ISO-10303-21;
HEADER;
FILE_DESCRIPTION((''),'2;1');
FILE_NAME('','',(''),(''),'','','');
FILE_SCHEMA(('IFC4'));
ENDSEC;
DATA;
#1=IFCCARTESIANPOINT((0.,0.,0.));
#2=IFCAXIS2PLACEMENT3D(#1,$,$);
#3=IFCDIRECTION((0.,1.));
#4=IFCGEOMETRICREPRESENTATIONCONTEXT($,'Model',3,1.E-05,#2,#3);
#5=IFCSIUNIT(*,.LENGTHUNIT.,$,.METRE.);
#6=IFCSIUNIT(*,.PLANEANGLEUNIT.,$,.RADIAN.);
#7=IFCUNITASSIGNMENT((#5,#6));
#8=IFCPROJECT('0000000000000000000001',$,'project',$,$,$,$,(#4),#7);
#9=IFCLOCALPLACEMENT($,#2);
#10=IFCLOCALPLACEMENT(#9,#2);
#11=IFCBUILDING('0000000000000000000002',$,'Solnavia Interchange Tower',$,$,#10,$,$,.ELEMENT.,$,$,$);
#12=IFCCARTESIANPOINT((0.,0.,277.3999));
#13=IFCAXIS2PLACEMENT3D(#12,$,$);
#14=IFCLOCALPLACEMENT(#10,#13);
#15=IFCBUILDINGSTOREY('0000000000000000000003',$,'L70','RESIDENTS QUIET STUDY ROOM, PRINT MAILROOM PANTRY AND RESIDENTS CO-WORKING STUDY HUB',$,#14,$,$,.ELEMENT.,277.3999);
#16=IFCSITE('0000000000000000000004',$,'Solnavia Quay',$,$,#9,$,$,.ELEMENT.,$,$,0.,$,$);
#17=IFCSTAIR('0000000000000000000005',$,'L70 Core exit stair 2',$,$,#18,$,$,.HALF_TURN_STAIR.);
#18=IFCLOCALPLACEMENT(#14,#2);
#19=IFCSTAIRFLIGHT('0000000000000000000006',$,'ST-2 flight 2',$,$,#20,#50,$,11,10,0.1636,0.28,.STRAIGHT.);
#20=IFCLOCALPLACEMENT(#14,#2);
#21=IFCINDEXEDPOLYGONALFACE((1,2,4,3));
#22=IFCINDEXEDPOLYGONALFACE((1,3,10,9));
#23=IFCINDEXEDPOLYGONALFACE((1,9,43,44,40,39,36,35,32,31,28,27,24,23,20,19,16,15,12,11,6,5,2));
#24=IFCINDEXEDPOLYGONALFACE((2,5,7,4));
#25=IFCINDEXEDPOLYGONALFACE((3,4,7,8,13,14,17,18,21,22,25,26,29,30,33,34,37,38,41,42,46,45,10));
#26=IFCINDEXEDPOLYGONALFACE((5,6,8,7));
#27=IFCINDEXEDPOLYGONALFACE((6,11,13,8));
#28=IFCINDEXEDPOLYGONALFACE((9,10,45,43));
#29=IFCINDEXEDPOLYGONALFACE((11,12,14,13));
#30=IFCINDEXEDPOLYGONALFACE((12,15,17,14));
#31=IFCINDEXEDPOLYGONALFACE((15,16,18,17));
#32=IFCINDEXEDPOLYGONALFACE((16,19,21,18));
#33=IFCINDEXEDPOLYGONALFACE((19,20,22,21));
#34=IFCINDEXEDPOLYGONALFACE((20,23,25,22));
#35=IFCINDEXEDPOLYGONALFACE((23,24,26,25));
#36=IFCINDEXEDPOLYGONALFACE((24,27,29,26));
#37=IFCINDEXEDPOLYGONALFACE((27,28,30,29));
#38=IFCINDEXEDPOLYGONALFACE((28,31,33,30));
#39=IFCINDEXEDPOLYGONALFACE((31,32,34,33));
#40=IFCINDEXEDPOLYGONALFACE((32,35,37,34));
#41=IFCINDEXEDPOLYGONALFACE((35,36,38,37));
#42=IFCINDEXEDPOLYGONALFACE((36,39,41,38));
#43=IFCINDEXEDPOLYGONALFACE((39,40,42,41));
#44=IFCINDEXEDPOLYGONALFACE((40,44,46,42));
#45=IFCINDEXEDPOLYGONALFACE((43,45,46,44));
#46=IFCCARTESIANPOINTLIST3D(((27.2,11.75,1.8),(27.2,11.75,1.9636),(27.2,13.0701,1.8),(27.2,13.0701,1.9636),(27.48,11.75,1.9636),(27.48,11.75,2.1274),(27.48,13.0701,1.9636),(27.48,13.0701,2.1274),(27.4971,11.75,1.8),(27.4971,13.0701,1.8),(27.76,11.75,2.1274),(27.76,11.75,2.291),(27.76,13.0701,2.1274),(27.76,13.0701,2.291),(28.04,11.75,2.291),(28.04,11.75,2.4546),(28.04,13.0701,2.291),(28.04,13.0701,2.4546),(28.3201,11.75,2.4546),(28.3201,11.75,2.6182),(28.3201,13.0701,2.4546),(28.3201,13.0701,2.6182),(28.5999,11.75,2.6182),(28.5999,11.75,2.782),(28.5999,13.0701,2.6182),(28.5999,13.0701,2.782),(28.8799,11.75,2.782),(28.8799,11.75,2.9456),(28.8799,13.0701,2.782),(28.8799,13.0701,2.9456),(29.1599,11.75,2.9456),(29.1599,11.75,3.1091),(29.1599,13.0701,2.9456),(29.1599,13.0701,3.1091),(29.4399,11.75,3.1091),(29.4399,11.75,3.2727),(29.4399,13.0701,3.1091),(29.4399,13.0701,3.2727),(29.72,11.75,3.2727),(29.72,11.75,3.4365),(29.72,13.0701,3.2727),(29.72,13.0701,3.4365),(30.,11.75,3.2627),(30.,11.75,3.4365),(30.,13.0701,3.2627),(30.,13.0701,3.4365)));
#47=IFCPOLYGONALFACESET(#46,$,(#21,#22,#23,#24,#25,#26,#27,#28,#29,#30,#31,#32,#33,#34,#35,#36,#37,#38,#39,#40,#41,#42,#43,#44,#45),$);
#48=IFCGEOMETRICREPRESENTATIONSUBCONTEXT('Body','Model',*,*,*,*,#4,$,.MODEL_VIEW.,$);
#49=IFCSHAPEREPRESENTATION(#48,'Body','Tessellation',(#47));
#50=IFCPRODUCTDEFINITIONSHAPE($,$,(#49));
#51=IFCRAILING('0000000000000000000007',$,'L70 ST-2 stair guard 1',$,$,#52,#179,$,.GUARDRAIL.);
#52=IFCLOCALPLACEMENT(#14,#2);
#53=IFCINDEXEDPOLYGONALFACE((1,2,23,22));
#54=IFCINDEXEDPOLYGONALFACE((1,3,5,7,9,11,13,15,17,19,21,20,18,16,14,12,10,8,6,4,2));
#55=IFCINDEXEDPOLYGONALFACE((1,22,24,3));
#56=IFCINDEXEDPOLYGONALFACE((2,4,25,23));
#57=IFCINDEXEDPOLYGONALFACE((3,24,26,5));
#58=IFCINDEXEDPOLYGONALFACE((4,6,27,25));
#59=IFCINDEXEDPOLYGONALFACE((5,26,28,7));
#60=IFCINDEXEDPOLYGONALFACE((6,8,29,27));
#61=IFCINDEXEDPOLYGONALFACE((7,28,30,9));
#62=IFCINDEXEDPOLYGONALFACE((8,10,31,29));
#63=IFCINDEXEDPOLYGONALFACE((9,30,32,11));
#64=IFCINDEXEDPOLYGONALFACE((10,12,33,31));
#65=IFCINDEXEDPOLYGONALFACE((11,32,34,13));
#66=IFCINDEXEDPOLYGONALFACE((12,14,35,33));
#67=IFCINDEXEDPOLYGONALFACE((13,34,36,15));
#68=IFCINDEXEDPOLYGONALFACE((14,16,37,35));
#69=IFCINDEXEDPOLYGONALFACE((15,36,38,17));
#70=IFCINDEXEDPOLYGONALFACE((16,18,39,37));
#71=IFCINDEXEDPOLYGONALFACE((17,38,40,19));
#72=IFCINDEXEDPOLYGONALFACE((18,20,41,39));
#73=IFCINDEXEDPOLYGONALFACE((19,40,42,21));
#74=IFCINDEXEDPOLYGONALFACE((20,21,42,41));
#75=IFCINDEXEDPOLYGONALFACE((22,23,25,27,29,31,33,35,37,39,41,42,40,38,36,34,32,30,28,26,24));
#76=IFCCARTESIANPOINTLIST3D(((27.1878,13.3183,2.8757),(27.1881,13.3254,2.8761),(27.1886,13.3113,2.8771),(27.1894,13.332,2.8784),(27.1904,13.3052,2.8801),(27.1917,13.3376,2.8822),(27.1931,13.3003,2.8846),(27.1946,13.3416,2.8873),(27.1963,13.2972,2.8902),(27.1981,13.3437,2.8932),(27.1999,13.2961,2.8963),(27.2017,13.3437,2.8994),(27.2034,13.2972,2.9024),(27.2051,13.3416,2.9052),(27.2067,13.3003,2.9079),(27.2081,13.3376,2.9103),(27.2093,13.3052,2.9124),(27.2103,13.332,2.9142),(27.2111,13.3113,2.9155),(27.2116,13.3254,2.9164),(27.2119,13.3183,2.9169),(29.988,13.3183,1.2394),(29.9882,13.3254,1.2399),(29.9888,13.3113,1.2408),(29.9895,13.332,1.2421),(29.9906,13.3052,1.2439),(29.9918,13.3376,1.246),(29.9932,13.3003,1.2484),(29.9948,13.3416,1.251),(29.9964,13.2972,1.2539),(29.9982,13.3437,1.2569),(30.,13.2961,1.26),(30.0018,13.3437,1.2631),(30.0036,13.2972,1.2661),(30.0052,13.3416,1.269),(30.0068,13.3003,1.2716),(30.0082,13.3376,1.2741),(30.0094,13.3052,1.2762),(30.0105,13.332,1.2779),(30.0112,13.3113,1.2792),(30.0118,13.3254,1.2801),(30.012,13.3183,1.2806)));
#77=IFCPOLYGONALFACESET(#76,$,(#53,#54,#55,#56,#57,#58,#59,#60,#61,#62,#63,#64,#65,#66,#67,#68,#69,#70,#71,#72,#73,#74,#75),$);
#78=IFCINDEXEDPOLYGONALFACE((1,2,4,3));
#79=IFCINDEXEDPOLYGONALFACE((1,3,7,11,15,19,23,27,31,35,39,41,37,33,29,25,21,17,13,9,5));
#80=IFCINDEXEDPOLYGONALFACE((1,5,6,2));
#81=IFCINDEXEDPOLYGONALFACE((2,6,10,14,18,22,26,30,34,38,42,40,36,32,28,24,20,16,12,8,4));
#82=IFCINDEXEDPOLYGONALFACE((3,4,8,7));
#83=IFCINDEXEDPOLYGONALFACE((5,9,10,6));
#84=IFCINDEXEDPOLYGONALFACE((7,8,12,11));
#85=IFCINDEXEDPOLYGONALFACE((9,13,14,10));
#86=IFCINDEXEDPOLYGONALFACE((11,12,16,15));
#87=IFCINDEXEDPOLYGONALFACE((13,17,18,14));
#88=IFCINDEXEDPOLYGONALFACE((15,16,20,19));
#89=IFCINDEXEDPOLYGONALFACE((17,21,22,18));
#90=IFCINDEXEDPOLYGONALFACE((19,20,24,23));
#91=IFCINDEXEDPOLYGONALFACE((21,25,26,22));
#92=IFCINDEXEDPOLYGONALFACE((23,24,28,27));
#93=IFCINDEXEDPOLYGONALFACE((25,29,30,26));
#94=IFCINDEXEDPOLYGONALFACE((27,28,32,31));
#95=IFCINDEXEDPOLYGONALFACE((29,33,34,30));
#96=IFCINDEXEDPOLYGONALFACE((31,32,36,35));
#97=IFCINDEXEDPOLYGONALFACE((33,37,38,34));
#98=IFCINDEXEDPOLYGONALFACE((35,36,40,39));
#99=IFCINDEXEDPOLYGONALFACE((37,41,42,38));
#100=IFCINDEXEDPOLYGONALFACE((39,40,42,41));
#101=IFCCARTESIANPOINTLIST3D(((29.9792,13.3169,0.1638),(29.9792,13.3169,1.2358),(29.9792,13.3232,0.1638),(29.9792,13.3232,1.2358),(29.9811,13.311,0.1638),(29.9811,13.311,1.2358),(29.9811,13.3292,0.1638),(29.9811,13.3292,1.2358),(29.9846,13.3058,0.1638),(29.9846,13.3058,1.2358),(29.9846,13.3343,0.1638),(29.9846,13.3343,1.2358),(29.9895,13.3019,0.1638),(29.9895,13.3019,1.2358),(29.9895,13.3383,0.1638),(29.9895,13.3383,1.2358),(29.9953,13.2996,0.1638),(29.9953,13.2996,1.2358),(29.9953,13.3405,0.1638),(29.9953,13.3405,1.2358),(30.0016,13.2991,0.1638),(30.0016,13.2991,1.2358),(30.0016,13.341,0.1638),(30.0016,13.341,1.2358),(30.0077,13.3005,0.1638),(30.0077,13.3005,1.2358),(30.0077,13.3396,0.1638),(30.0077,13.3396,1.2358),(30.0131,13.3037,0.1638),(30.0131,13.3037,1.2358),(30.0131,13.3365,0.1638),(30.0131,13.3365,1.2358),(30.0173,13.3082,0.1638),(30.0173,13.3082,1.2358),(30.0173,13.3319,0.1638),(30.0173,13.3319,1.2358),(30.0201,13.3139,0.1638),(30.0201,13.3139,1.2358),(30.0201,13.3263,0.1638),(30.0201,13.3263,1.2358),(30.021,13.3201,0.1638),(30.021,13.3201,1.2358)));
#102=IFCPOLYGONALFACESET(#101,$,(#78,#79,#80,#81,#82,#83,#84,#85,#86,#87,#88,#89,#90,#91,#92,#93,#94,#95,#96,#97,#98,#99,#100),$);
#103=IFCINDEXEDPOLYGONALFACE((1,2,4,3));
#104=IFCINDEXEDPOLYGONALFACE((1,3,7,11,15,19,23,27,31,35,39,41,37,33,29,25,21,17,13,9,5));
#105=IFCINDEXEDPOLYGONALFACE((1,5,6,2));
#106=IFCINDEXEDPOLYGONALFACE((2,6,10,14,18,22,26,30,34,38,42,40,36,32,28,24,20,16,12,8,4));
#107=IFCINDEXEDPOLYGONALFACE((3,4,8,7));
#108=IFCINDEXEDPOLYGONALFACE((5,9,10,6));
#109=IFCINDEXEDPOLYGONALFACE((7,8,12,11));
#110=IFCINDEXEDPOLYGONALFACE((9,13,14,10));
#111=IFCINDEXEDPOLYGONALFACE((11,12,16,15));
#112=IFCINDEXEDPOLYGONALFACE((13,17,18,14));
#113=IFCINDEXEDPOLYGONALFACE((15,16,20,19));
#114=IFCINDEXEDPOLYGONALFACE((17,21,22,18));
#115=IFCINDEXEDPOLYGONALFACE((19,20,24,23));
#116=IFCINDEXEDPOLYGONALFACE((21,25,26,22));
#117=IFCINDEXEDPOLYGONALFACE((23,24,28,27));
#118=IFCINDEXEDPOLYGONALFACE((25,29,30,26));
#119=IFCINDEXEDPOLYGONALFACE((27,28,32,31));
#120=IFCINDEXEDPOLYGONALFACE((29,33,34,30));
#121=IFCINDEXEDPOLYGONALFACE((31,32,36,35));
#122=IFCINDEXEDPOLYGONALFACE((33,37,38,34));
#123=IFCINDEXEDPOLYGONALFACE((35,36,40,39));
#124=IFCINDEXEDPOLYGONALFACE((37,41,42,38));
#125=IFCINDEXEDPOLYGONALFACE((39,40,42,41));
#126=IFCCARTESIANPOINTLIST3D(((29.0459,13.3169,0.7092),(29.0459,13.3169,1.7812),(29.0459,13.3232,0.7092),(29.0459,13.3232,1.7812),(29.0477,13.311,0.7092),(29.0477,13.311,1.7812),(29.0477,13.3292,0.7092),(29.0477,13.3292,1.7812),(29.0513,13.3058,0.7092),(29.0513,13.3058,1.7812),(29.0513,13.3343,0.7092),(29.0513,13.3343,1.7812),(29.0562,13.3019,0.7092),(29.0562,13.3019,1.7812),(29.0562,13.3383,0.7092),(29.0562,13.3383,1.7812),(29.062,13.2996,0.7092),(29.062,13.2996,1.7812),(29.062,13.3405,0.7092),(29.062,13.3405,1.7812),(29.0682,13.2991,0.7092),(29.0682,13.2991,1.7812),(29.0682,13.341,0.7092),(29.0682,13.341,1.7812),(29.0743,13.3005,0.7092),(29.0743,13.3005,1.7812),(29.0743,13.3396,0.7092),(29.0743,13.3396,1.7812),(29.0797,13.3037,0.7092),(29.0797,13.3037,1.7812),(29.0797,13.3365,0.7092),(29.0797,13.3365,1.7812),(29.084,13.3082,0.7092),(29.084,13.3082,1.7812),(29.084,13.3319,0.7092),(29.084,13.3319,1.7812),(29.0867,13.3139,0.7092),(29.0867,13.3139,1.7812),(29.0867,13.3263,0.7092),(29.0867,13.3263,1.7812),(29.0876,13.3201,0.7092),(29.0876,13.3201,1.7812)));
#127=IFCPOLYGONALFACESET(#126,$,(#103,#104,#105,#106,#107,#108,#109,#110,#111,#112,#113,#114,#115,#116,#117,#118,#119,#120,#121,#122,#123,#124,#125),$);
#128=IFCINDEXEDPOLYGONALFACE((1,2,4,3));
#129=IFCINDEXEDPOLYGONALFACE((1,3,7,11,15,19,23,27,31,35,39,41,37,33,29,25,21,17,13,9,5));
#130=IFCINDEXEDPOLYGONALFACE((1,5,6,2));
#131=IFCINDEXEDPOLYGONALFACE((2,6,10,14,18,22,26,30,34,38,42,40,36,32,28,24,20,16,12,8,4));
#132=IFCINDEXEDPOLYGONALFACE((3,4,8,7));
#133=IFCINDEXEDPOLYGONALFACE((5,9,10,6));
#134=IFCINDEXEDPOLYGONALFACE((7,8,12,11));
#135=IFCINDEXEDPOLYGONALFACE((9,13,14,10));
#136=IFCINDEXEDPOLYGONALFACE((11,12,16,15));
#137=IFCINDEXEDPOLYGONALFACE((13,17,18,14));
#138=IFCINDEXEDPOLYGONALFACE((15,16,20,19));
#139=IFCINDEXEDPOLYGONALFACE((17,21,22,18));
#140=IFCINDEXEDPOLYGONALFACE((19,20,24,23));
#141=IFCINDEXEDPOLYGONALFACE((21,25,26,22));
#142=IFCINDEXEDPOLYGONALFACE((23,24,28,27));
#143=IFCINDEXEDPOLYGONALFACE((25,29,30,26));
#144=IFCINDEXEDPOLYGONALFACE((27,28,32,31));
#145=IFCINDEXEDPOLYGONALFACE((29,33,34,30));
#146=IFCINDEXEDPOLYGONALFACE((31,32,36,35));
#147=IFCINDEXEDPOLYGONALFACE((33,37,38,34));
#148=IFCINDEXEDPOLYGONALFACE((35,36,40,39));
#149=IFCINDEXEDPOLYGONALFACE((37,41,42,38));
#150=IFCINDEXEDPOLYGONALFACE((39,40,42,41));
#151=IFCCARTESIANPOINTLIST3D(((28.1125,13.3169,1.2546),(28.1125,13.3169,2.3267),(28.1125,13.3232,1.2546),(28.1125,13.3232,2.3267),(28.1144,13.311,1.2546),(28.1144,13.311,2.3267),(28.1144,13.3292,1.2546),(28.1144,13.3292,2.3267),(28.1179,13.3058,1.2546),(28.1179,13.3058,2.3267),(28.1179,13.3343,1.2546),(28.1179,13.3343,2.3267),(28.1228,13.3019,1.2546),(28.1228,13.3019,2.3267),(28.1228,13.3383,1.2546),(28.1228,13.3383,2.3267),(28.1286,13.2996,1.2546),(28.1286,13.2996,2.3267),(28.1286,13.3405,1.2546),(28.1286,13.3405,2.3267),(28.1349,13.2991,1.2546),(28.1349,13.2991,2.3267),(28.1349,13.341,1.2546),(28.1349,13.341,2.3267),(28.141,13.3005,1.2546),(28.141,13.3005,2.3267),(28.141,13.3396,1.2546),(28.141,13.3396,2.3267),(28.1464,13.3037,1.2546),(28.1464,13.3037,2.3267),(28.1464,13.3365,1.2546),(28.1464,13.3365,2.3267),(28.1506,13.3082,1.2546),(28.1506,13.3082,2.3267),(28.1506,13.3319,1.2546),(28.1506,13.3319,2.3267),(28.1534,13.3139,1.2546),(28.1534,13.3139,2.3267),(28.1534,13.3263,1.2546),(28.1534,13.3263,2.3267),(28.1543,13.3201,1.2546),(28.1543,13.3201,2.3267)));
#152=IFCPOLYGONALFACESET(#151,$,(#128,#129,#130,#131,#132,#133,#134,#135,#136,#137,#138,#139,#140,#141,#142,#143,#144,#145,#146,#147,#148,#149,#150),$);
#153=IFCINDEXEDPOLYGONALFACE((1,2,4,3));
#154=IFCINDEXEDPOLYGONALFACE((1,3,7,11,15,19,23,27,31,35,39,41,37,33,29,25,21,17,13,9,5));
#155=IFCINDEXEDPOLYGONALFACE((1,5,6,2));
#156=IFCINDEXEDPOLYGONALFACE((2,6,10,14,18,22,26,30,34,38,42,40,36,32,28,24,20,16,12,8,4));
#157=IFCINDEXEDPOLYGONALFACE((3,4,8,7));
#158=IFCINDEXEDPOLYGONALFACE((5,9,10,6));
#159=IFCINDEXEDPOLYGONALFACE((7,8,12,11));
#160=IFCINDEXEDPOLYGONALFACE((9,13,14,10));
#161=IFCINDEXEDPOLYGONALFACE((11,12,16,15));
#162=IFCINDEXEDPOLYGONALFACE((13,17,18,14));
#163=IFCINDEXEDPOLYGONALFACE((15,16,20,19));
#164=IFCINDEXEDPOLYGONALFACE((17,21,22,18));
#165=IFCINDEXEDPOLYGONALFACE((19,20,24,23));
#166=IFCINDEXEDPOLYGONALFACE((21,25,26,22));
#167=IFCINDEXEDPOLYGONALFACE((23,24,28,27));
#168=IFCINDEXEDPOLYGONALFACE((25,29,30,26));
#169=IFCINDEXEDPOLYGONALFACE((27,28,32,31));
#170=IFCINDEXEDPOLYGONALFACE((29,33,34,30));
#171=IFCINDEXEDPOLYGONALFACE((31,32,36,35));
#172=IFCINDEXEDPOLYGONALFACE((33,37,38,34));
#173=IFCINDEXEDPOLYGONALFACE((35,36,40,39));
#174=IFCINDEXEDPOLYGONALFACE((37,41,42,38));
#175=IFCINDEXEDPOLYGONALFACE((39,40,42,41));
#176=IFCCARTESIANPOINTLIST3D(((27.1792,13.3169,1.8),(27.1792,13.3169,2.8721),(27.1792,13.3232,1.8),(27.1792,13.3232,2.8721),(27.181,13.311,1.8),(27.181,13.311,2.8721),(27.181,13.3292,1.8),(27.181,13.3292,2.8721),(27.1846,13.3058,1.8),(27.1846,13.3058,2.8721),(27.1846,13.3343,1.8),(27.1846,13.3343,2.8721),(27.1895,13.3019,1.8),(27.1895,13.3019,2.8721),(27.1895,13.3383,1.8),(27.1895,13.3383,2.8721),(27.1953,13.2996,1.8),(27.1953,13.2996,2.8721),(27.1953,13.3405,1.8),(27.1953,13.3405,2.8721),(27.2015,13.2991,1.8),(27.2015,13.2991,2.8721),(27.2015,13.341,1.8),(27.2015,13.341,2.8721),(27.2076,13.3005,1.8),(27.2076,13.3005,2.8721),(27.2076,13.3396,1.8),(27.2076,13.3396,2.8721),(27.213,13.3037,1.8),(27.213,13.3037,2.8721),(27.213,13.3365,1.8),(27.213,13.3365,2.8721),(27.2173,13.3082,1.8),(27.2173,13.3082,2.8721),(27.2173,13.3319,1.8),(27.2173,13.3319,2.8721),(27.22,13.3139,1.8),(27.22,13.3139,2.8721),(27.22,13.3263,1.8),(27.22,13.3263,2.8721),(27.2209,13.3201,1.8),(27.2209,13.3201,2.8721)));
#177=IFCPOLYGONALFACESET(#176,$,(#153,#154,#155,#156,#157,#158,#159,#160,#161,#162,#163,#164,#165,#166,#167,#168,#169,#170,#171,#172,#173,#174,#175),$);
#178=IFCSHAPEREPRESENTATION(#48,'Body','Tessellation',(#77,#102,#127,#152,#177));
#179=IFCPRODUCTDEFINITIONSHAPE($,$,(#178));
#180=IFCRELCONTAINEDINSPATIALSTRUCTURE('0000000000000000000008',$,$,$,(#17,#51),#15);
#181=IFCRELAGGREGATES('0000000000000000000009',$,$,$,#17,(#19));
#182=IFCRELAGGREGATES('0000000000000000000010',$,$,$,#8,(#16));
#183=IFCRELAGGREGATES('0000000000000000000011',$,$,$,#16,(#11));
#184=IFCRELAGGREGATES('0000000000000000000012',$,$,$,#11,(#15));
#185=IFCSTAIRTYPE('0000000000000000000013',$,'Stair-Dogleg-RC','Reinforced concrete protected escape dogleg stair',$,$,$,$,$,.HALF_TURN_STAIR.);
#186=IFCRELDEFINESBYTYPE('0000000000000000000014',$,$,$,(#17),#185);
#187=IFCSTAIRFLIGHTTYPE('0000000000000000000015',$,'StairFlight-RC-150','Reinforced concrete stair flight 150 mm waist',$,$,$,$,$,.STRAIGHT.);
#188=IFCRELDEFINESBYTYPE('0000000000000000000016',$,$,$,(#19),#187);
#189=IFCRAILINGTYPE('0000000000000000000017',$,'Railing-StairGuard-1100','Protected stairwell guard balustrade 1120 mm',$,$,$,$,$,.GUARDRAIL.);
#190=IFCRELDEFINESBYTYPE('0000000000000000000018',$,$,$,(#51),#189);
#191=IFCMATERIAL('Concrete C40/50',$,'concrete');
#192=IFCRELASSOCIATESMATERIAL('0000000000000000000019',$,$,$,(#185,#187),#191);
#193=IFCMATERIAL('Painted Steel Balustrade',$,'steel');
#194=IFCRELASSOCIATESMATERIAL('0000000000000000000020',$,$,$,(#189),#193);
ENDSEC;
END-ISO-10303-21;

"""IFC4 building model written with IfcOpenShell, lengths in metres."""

from ifc_helpers import new_model, si_unit, direction, frame, origin, origin_2d, place, context, subcontext, project, spatial, polyline, circle, outline, extrude, material, type_object, element, aggregate, save


model = new_model("IFC4")

# Units and contexts
model_context = context("Model", 3, precision=1e-05, world=origin(), true_north=direction((0.0, 1.0)))
body_context = subcontext(model_context, "Body", "Model", "MODEL_VIEW")
ifc_project = project(units=[si_unit("LENGTHUNIT", "METRE"), si_unit("PLANEANGLEUNIT", "RADIAN")], contexts=[model_context])

# Site, building, storey
site_placement = place(None, origin())
site = spatial("IfcSite", under=ifc_project, at=site_placement, Name="Solnavia Quay", CompositionType="ELEMENT", RefElevation=0.0)
building_placement = place(site_placement, origin())
building = spatial("IfcBuilding", under=site, at=building_placement, Name="Solnavia Interchange Tower", CompositionType="ELEMENT")
storey_placement = place(building_placement, frame((0.0, 0.0, 277.3999)))
storey = spatial("IfcBuildingStorey", under=building, at=storey_placement, Name="L70", Description="RESIDENTS QUIET STUDY ROOM, PRINT MAILROOM PANTRY AND RESIDENTS CO-WORKING STUDY HUB", CompositionType="ELEMENT", Elevation=277.3999)

# Shared definitions
ifc_material_1 = material(Name="Concrete C40/50", Category="concrete")

# Stair, stair flight
stair_type = type_object("IfcStairType", Name="Stair-Dogleg-RC", Description="Reinforced concrete protected escape dogleg stair", PredefinedType="HALF_TURN_STAIR", material=ifc_material_1)
stair_placement = place(storey_placement, origin())
stair = element("IfcStair", 1, at=stair_placement, inside=storey, type_object=stair_type, Name="L70 Core exit stair 2", PredefinedType="HALF_TURN_STAIR")
stair_flight_type = type_object("IfcStairFlightType", Name="StairFlight-RC-150", Description="Reinforced concrete stair flight 150 mm waist", PredefinedType="STRAIGHT", material=ifc_material_1)
stair_flight_1_placement = place(storey_placement, frame((27.2, 12.4099, 1.8), z_axis=(0.0, 0.0, 1.0), x_axis=(1.0, 0.0, 0.0)))
stair_flight_1 = element("IfcStairFlight", 2, at=stair_flight_1_placement, type_object=stair_flight_type, Name="ST-2 flight 2", NumberOfRisers=11, NumberOfTreads=10, PredefinedType="STRAIGHT", RiserHeight=0.1636, TreadLength=0.28, context=body_context, shape_type="SweptSolid", body=[
    extrude(outline(polyline([(0.0, 0.0), (0.0, 0.1636), (0.28, 0.1636), (0.28, 0.3274), (0.5601, 0.3274), (0.5601, 0.491), (0.8401, 0.491), (0.8401, 0.6545), (1.1201, 0.6545), (1.1201, 0.8181), (1.3999, 0.8181), (1.3999, 0.9819), (1.6799, 0.9819), (1.6799, 1.1455), (1.96, 1.1455), (1.96, 1.3091), (2.24, 1.3091), (2.24, 1.4727), (2.52, 1.4727), (2.52, 1.6365), (2.8, 1.6365), (2.8, 1.8), (2.8, 1.4626), (0.2971, 0.0), (0.0, 0.0)])), frame((0.0, 0.6602, 0.0), z_axis=(0.0, -1.0, 0.0), x_axis=(1.0, 0.0, 0.0)), (0.0, 0.0, 1.0), 1.3201),
])
aggregate(stair, [stair_flight_1])

# Railing
ifc_material_2 = material(Name="Painted Steel Balustrade", Category="steel")
railing_type_1 = type_object("IfcRailingType", Name="Railing-StairGuard-1100", Description="Protected stairwell guard balustrade 1120 mm", PredefinedType="GUARDRAIL", material=ifc_material_2)
railing_1_placement = place(storey_placement, frame((30.0, 13.3201, 0.1638)))
element("IfcRailing", 3, at=railing_1_placement, inside=storey, type_object=railing_type_1, Name="L70 ST-2 stair guard 1", PredefinedType="GUARDRAIL", context=body_context, shape_type="SweptSolid", body=[
    extrude(circle(Radius=0.0239, at=origin_2d()), frame((0.0, 0.0, 1.0962), z_axis=(-0.863394, 0.0, 0.504531), x_axis=(0.0, -1.0, 0.0)), (0.0, 0.0, 1.0), 3.2432),
    extrude(circle(Radius=0.021, at=origin_2d()), origin(), (0.0, 0.0, 1.0), 1.072),
    extrude(circle(Radius=0.021, at=origin_2d()), frame((-0.9333, 0.0, 0.5454)), (0.0, 0.0, 1.0), 1.072),
    extrude(circle(Radius=0.021, at=origin_2d()), frame((-1.8667, 0.0, 1.0908)), (0.0, 0.0, 1.0), 1.072),
    extrude(circle(Radius=0.021, at=origin_2d()), frame((-2.8, 0.0, 1.6362)), (0.0, 0.0, 1.0), 1.072),
])

save(model, "model.ifc")
